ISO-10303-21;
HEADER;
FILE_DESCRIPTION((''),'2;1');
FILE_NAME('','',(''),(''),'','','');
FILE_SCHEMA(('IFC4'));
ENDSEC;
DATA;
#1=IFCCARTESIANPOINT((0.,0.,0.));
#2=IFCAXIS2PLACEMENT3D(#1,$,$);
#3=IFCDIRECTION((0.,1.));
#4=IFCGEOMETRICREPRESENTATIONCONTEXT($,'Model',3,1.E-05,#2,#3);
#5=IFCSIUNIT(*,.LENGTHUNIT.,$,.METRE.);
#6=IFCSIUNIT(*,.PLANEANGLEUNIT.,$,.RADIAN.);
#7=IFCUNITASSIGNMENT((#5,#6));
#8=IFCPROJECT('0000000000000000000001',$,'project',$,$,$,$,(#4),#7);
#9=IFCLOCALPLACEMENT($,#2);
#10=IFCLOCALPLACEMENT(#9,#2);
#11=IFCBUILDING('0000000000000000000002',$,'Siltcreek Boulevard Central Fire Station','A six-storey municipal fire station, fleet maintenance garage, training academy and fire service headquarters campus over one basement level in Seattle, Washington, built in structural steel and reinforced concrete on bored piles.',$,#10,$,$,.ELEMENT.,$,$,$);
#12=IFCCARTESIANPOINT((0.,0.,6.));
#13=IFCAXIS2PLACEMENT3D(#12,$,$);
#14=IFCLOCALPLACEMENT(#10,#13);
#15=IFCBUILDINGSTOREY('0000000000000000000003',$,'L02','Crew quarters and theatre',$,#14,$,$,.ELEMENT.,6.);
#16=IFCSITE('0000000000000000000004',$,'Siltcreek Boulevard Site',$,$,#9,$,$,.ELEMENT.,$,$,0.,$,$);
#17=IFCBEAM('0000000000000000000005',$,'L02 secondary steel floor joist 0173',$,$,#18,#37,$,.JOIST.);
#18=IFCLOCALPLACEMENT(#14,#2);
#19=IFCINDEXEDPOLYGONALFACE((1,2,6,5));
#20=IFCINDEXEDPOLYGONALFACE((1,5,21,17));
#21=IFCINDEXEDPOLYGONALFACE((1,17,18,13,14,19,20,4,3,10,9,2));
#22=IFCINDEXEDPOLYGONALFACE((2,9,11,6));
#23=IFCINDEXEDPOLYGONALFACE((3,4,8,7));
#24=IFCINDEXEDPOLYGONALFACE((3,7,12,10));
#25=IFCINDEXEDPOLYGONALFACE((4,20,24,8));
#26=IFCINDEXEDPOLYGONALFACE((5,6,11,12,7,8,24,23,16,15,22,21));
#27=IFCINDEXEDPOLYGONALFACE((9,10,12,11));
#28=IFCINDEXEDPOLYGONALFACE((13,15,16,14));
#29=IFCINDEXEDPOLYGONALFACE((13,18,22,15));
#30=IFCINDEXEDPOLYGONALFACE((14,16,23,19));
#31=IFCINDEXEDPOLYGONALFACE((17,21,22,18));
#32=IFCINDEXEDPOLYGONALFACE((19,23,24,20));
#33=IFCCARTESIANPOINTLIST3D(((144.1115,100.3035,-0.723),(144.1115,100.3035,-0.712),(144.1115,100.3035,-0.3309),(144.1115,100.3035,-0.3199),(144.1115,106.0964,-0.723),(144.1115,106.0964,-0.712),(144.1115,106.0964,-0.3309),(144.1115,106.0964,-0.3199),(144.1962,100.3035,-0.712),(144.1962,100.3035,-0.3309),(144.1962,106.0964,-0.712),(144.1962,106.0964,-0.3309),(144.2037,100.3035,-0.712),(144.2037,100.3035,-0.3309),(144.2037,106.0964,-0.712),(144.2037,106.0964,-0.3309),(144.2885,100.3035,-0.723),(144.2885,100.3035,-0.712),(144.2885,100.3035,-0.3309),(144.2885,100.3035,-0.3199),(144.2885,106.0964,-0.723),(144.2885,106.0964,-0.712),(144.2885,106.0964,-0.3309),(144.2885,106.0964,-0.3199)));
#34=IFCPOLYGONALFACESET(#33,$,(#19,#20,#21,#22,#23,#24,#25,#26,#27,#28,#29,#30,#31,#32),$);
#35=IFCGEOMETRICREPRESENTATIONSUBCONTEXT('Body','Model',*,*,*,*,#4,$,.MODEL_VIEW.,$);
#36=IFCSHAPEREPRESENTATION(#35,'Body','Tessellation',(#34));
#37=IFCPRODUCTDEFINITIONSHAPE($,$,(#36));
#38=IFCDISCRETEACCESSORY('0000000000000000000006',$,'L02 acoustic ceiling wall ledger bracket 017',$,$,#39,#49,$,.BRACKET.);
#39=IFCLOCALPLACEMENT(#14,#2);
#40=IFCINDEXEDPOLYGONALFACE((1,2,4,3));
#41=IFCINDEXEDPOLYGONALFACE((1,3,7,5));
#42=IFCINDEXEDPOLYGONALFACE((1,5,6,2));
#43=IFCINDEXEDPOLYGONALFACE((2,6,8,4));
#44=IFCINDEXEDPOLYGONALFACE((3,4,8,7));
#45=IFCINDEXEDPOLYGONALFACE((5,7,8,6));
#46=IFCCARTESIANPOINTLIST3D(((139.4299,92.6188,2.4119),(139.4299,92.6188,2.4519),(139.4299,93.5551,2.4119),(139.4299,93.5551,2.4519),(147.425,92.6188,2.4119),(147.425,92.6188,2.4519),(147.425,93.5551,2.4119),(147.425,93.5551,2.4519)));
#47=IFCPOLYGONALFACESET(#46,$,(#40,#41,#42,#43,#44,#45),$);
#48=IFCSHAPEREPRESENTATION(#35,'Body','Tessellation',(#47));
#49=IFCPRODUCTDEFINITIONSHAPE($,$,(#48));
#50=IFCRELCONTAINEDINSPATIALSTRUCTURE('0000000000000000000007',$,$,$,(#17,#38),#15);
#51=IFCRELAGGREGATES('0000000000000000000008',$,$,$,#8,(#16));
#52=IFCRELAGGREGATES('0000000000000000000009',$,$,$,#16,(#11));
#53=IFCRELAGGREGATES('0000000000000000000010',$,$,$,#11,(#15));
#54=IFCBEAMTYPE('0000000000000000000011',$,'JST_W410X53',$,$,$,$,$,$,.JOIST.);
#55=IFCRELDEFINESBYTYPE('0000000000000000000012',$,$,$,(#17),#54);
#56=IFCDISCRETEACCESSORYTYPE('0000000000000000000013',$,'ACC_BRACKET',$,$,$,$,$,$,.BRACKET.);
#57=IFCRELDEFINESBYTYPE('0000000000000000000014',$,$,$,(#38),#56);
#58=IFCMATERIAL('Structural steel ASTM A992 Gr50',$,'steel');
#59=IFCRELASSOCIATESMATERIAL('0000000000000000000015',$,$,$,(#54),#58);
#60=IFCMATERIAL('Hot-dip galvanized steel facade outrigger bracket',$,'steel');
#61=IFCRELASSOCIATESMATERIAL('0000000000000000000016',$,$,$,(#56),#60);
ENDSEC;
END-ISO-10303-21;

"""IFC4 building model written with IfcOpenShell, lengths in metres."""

from ifc_helpers import new_model, si_unit, direction, frame, origin, origin_2d, place, context, subcontext, project, spatial, rectangle, i_section, extrude, material, material_profile, profile_set, type_object, element, save


model = new_model("IFC4")

# Units and contexts
model_context = context("Model", 3, precision=1e-05, world=origin(), true_north=direction((0.0, 1.0)))
body_context = subcontext(model_context, "Body", "Model", "MODEL_VIEW")
ifc_project = project(units=[si_unit("LENGTHUNIT", "METRE"), si_unit("PLANEANGLEUNIT", "RADIAN")], contexts=[model_context])

# Site, building, storey
site_placement = place(None, origin())
site = spatial("IfcSite", under=ifc_project, at=site_placement, Name="Siltcreek Boulevard Site", CompositionType="ELEMENT", RefElevation=0.0)
building_placement = place(site_placement, origin())
building = spatial("IfcBuilding", under=site, at=building_placement, Name="Siltcreek Boulevard Central Fire Station", Description="A six-storey municipal fire station, fleet maintenance garage, training academy and fire service headquarters campus over one basement level in Seattle, Washington, built in structural steel and reinforced concrete on bored piles.", CompositionType="ELEMENT")
storey_placement = place(building_placement, frame((0.0, 0.0, 6.0)))
storey = spatial("IfcBuildingStorey", under=building, at=storey_placement, Name="L02", Description="Crew quarters and theatre", CompositionType="ELEMENT", Elevation=6.0)

# Shared definitions
ifc_material_1 = material(Name="Structural steel ASTM A992 Gr50", Category="steel")

# Beam
ifc_material_profile_1 = material_profile(ifc_material_1, i_section(OverallWidth=0.177, OverallDepth=0.4031, WebThickness=0.0076, FlangeThickness=0.011, at=origin_2d()), Name="W410X53")
ifc_profile_set_1 = profile_set([ifc_material_profile_1], Name="Structural steel ASTM A992 Gr50")
beam_type_1 = type_object("IfcBeamType", Name="JST_W410X53", PredefinedType="JOIST", material=ifc_profile_set_1)
for number, where, z_axis, x_axis, name in (
    (1, (144.2, 100.3035, -0.5215), (0.0, 1.0, 0.0), (-1.0, 0.0, 0.0), "L02 secondary steel floor joist 0173"),
):
    element("IfcBeam", number, at=place(storey_placement, frame(where, z_axis=z_axis, x_axis=x_axis)), inside=storey, type_object=beam_type_1, Name=name, PredefinedType="JOIST", context=body_context, shape_type="SweptSolid", body=[
        extrude(i_section(OverallWidth=0.177, OverallDepth=0.4031, WebThickness=0.0076, FlangeThickness=0.011, at=origin_2d()), origin(), (0.0, 0.0, 1.0), 5.793),
    ])

# Discrete accessory
ifc_material_2 = material(Name="Hot-dip galvanized steel facade outrigger bracket", Category="steel")
discrete_accessory_type = type_object("IfcDiscreteAccessoryType", Name="ACC_BRACKET", PredefinedType="BRACKET", material=ifc_material_2)
discrete_accessory_placement = place(storey_placement, frame((143.4275, 93.0869, 2.4119), z_axis=(0.0, 0.0, 1.0), x_axis=(1.0, 0.0, 0.0)))
element("IfcDiscreteAccessory", 2, at=discrete_accessory_placement, inside=storey, type_object=discrete_accessory_type, Name="L02 acoustic ceiling wall ledger bracket 017", PredefinedType="BRACKET", context=body_context, shape_type="SweptSolid", body=[
    extrude(rectangle(XDim=7.9951, YDim=0.9363, at=origin_2d()), origin(), (0.0, 0.0, 1.0), 0.04),
])

save(model, "model.ifc")
